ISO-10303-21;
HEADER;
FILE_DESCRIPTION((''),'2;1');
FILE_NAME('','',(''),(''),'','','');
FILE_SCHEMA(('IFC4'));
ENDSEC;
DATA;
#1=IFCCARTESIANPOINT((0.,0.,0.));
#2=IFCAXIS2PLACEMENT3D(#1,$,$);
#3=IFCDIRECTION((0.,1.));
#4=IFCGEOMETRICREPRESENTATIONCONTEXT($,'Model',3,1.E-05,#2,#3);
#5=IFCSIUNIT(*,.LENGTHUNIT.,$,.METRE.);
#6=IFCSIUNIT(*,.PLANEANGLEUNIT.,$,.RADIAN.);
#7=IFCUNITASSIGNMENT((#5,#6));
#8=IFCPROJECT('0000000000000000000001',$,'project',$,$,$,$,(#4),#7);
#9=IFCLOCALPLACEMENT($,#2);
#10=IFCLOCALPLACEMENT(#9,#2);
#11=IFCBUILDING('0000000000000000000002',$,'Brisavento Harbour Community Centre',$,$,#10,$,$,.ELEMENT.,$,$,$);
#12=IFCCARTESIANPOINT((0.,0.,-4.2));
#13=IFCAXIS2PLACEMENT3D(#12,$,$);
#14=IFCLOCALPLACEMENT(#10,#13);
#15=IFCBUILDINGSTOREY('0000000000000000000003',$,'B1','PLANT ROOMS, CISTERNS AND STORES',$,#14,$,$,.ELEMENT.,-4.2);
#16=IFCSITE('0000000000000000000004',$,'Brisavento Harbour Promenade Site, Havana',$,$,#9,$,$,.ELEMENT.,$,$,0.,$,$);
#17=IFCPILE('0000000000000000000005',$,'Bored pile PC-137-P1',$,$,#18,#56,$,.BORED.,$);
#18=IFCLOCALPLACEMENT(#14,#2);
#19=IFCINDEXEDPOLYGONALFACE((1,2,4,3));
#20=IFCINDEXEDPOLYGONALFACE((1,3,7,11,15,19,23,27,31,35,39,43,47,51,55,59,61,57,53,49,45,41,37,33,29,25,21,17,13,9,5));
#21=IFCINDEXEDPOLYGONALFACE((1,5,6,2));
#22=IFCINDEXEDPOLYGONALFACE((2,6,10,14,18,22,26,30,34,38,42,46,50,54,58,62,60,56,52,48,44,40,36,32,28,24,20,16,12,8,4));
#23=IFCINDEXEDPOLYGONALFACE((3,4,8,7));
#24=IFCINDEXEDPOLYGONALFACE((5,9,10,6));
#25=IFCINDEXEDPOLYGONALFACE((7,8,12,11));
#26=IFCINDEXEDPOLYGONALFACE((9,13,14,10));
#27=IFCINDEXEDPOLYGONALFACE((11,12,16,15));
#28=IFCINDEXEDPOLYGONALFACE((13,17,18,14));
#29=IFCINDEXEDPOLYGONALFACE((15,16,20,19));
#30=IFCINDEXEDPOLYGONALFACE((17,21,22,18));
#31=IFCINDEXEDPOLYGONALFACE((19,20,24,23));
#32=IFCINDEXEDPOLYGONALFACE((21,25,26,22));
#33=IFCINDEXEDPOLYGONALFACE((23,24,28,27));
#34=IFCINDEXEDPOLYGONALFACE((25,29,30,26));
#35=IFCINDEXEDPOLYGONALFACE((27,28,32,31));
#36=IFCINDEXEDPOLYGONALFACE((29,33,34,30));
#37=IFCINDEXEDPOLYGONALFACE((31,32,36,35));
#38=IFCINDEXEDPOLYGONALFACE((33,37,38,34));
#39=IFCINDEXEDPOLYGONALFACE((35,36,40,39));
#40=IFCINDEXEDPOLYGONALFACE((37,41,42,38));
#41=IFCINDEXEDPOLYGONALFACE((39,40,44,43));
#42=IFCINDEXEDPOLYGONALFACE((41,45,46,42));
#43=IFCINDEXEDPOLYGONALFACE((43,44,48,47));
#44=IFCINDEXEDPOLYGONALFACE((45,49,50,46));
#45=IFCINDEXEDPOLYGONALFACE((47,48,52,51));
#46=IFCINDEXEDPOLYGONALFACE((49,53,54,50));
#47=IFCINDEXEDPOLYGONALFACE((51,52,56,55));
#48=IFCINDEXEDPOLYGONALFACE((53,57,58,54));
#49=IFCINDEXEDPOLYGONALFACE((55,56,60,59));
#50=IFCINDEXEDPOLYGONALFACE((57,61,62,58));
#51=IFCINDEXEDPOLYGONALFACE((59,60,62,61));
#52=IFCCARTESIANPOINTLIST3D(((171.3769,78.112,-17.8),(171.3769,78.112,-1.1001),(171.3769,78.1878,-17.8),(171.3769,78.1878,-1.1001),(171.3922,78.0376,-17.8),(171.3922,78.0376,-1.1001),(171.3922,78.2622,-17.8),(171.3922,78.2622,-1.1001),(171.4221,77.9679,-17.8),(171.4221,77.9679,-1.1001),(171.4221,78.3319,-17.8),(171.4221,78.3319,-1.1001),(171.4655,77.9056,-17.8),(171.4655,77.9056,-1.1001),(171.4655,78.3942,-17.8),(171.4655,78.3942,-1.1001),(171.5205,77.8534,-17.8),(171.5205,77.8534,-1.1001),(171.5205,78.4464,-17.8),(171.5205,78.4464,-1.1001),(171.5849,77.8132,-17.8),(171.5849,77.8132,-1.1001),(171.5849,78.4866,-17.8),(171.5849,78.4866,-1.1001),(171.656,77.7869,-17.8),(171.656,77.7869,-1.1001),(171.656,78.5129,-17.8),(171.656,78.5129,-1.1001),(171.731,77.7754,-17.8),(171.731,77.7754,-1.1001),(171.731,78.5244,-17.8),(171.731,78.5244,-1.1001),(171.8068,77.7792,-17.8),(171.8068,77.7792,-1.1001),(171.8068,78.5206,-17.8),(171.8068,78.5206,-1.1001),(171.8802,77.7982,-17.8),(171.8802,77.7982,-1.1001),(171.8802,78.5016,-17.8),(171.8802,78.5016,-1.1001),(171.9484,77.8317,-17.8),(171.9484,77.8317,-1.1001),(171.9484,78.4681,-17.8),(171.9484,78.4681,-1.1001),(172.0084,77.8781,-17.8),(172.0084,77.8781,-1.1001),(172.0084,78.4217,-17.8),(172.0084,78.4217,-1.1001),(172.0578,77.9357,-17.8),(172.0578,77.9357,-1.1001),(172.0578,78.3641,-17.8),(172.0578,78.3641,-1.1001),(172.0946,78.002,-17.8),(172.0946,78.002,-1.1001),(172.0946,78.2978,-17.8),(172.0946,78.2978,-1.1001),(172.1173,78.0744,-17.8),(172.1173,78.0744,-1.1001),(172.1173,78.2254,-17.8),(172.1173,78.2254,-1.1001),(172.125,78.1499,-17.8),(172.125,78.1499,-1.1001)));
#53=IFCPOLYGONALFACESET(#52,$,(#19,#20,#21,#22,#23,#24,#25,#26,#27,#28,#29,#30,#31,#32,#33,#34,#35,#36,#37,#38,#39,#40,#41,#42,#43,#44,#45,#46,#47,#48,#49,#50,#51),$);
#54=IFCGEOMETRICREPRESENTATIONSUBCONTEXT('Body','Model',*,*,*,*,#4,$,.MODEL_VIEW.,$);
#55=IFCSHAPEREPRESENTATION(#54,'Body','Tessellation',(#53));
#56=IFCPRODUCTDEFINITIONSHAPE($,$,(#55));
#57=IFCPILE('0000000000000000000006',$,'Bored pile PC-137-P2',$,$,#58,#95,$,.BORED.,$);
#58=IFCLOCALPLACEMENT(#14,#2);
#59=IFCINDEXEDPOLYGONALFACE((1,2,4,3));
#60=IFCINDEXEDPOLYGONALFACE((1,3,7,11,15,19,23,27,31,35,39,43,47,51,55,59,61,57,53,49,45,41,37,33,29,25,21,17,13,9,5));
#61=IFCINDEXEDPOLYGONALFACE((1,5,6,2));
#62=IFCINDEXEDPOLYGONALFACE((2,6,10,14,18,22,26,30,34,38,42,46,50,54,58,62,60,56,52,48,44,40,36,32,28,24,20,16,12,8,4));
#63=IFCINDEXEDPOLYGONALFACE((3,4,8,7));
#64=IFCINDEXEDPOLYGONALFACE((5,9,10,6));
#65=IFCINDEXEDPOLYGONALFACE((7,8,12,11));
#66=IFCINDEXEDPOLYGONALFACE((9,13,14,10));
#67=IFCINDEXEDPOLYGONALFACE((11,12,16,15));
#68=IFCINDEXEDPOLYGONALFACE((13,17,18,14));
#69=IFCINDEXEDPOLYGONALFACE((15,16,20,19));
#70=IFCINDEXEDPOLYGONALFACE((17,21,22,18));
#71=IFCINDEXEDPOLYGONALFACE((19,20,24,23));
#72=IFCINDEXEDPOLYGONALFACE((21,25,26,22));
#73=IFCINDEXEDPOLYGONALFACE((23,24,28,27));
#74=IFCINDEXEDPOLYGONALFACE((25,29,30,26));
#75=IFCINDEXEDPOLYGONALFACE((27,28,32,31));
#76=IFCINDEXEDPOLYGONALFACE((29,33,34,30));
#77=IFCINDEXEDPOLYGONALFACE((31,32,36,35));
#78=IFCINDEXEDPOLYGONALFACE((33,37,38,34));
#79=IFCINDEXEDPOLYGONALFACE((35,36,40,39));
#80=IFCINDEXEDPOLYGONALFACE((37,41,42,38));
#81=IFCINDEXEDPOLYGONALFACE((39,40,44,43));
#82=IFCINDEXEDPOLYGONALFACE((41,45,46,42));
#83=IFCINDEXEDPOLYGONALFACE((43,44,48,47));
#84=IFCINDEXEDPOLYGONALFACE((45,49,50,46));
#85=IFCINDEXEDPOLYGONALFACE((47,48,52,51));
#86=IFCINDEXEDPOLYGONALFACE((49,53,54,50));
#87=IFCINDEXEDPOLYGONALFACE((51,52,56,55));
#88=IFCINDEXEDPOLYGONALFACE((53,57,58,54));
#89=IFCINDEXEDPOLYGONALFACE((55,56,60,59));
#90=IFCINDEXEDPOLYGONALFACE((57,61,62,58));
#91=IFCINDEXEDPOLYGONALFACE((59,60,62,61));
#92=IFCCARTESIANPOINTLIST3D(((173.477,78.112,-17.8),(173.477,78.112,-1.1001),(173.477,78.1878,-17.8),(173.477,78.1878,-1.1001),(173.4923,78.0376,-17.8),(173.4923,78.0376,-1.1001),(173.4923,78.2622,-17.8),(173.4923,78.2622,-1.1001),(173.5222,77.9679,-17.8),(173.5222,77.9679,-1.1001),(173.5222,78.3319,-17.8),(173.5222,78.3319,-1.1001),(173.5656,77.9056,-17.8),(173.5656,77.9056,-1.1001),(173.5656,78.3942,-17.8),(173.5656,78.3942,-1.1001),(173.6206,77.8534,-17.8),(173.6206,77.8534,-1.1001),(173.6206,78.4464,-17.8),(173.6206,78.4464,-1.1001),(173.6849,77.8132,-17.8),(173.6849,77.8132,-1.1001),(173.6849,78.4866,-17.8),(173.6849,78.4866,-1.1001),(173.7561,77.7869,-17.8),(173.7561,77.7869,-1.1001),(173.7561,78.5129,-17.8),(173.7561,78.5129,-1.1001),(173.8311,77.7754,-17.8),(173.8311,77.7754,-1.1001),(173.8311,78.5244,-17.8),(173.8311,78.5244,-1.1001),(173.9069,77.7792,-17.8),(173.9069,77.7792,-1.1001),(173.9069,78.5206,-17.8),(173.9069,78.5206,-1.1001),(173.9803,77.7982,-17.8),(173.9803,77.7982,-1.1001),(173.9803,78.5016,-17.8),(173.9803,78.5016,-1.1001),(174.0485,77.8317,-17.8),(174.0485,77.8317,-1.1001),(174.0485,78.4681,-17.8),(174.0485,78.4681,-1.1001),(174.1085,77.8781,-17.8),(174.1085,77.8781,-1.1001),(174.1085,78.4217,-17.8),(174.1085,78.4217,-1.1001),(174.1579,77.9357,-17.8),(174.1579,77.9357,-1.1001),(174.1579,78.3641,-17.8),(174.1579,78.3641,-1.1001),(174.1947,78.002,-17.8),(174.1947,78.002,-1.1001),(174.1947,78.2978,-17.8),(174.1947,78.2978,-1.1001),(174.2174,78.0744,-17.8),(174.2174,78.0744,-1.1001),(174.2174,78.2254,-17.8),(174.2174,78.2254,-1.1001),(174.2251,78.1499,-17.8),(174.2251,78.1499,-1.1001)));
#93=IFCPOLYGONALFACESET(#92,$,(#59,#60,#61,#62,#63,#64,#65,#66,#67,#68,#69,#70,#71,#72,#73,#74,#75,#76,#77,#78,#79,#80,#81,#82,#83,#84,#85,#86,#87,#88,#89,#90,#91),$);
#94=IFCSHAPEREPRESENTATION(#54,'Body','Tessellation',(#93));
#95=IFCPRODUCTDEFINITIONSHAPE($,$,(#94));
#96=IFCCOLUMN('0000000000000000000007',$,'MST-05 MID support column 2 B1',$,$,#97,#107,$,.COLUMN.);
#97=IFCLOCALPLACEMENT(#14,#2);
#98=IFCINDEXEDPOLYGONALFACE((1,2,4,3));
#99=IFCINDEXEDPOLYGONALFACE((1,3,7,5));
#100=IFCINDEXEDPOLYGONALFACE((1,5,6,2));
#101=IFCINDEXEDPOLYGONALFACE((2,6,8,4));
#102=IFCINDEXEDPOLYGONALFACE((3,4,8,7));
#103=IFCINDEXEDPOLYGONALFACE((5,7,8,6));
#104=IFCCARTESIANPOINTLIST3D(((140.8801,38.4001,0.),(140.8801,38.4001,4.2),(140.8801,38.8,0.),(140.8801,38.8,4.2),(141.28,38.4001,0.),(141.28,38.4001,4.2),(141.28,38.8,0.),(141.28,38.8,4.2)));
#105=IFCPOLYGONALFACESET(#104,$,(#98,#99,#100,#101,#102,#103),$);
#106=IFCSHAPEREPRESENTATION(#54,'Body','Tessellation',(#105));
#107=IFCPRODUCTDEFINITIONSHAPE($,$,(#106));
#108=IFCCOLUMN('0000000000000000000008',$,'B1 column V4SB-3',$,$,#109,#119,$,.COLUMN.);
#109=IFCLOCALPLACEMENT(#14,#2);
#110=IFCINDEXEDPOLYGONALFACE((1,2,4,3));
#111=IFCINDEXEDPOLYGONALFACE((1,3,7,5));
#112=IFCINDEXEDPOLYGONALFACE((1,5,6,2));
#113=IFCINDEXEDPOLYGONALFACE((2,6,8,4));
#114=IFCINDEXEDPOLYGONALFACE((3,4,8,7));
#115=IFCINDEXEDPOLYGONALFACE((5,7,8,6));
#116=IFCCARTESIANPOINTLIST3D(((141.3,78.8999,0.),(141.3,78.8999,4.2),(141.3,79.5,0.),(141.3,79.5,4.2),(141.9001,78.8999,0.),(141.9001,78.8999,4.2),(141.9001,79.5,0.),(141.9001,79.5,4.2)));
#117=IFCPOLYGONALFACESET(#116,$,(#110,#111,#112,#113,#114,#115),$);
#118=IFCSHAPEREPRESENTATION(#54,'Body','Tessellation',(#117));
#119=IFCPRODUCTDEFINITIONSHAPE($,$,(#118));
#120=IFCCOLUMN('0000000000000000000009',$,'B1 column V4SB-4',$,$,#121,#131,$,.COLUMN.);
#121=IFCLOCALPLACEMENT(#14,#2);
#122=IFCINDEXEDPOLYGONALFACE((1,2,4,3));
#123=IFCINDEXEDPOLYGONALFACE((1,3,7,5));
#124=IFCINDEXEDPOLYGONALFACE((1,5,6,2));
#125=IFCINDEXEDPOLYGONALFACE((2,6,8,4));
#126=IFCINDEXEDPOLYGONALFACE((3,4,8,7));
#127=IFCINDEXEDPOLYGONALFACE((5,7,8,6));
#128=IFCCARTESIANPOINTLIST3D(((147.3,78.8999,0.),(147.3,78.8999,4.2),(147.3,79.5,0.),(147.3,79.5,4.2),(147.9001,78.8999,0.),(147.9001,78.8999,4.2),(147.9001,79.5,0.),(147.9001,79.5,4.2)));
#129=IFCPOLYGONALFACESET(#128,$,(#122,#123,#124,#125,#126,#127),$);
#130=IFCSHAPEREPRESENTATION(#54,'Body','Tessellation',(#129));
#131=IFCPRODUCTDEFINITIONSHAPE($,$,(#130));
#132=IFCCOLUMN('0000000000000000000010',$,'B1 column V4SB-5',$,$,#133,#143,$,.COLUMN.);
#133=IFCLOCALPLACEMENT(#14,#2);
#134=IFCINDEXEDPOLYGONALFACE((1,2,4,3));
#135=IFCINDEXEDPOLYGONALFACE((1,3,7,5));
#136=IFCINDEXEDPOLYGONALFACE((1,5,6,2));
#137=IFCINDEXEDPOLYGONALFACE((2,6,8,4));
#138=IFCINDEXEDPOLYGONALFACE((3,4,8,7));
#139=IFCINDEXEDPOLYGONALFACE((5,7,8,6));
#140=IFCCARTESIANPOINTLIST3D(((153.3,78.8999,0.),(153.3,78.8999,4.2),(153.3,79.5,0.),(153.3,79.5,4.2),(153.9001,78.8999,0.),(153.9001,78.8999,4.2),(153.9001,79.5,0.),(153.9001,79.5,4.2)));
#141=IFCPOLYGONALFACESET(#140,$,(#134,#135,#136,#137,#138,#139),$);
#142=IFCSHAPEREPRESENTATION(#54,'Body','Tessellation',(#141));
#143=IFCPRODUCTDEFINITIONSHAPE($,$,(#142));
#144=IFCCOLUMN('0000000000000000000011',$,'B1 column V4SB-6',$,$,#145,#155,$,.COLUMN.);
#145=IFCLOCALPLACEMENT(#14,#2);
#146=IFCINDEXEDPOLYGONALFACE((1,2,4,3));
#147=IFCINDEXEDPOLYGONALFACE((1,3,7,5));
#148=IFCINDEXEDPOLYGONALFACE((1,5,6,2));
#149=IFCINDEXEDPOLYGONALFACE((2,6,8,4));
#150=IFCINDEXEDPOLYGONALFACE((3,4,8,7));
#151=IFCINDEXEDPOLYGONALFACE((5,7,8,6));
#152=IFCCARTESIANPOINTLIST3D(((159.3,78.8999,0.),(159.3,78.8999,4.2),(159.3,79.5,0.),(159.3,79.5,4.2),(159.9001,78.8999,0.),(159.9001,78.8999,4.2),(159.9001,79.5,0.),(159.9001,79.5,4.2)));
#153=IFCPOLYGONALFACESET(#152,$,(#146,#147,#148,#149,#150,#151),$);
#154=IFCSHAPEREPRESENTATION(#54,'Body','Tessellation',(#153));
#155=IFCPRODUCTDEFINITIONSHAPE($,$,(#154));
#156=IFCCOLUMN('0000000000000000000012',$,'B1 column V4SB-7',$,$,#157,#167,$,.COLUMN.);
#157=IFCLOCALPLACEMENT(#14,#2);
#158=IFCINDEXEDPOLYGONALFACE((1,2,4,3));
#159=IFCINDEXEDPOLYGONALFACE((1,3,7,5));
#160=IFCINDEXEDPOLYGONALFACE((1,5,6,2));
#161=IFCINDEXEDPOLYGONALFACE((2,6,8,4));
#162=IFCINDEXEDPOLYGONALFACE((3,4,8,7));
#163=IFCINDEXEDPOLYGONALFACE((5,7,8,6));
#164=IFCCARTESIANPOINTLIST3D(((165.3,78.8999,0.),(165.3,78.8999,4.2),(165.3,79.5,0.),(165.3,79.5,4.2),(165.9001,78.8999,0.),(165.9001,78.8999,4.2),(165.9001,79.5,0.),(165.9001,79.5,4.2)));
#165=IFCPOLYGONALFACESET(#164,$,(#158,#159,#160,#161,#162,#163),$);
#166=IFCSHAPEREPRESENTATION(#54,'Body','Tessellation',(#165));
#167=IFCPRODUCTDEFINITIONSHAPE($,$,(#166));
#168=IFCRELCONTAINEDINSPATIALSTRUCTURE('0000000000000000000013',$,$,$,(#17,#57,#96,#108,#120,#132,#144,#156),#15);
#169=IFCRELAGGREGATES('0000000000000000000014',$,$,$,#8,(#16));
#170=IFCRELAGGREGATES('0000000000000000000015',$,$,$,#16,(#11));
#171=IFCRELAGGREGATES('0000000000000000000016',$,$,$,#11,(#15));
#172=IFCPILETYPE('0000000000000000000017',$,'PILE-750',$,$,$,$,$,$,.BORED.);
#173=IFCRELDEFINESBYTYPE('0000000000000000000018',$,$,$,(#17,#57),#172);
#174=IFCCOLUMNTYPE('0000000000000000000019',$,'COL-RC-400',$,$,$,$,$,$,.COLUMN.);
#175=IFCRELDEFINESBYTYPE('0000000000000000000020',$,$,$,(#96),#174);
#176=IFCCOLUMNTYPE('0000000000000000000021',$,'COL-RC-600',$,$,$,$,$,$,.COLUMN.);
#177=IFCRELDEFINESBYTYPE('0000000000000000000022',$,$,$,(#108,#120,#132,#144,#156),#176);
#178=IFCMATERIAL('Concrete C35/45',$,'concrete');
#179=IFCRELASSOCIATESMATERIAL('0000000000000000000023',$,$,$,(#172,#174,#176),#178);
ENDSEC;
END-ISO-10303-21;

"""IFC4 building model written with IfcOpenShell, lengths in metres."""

from ifc_helpers import new_model, si_unit, direction, frame, origin, origin_2d, place, context, subcontext, project, spatial, rectangle, circle, extrude, material, material_profile, profile_set, type_object, element, save


model = new_model("IFC4")

# Units and contexts
model_context = context("Model", 3, precision=1e-05, world=origin(), true_north=direction((0.0, 1.0)))
body_context = subcontext(model_context, "Body", "Model", "MODEL_VIEW")
ifc_project = project(units=[si_unit("LENGTHUNIT", "METRE"), si_unit("PLANEANGLEUNIT", "RADIAN")], contexts=[model_context])

# Site, building, storey
site_placement = place(None, origin())
site = spatial("IfcSite", under=ifc_project, at=site_placement, Name="Brisavento Harbour Promenade Site, Havana", CompositionType="ELEMENT", RefElevation=0.0)
building_placement = place(site_placement, origin())
building = spatial("IfcBuilding", under=site, at=building_placement, Name="Brisavento Harbour Community Centre", CompositionType="ELEMENT")
storey_placement = place(building_placement, frame((0.0, 0.0, -4.2)))
storey = spatial("IfcBuildingStorey", under=building, at=storey_placement, Name="B1", Description="PLANT ROOMS, CISTERNS AND STORES", CompositionType="ELEMENT", Elevation=-4.2)

# Shared definitions
ifc_material_1 = material(Name="Concrete C35/45", Category="concrete")

# Piles
ifc_material_profile_1 = material_profile(ifc_material_1, circle(Radius=0.375, at=origin_2d()), Name="Concrete C35/45")
ifc_profile_set_1 = profile_set([ifc_material_profile_1], Name="Concrete C35/45")
pile_type = type_object("IfcPileType", Name="PILE-750", PredefinedType="BORED", material=ifc_profile_set_1)
for number, where, z_axis, x_axis, name in (
    (1, (171.75, 78.1499, -1.1001), (0.0, 0.0, -1.0), (1.0, 0.0, 0.0), "Bored pile PC-137-P1"),
    (2, (173.8501, 78.1499, -1.1001), (0.0, 0.0, -1.0), (1.0, 0.0, 0.0), "Bored pile PC-137-P2"),
):
    element("IfcPile", number, at=place(storey_placement, frame(where, z_axis=z_axis, x_axis=x_axis)), inside=storey, type_object=pile_type, Name=name, PredefinedType="BORED", context=body_context, shape_type="SweptSolid", body=[
        extrude(circle(Radius=0.375, at=origin_2d()), origin(), (0.0, 0.0, 1.0), 16.7),
    ])

# Columns
ifc_material_profile_2 = material_profile(ifc_material_1, rectangle(XDim=0.3999, YDim=0.3999, at=origin_2d()), Name="Concrete C35/45")
ifc_profile_set_2 = profile_set([ifc_material_profile_2], Name="Concrete C35/45")
column_type_1 = type_object("IfcColumnType", Name="COL-RC-400", PredefinedType="COLUMN", material=ifc_profile_set_2)
column_placement = place(storey_placement, frame((141.0801, 38.6001, 0.0), z_axis=(0.0, 0.0, 1.0), x_axis=(1.0, 0.0, 0.0)))
element("IfcColumn", 3, at=column_placement, inside=storey, type_object=column_type_1, Name="MST-05 MID support column 2 B1", PredefinedType="COLUMN", context=body_context, shape_type="SweptSolid", body=[
    extrude(rectangle(XDim=0.3999, YDim=0.3999, at=origin_2d()), origin(), (0.0, 0.0, 1.0), 4.2),
])
ifc_material_profile_3 = material_profile(ifc_material_1, rectangle(XDim=0.6001, YDim=0.6001, at=origin_2d()), Name="Concrete C35/45")
ifc_profile_set_3 = profile_set([ifc_material_profile_3], Name="Concrete C35/45")
column_type_2 = type_object("IfcColumnType", Name="COL-RC-600", PredefinedType="COLUMN", material=ifc_profile_set_3)
for number, where, z_axis, x_axis, name in (
    (4, (141.6001, 79.2, 0.0), (0.0, 0.0, 1.0), (1.0, 0.0, 0.0), "B1 column V4SB-3"),
    (5, (147.6001, 79.2, 0.0), (0.0, 0.0, 1.0), (1.0, 0.0, 0.0), "B1 column V4SB-4"),
    (6, (153.6001, 79.2, 0.0), (0.0, 0.0, 1.0), (1.0, 0.0, 0.0), "B1 column V4SB-5"),
    (7, (159.6001, 79.2, 0.0), (0.0, 0.0, 1.0), (1.0, 0.0, 0.0), "B1 column V4SB-6"),
    (8, (165.6001, 79.2, 0.0), (0.0, 0.0, 1.0), (1.0, 0.0, 0.0), "B1 column V4SB-7"),
):
    element("IfcColumn", number, at=place(storey_placement, frame(where, z_axis=z_axis, x_axis=x_axis)), inside=storey, type_object=column_type_2, Name=name, PredefinedType="COLUMN", context=body_context, shape_type="SweptSolid", body=[
        extrude(rectangle(XDim=0.6001, YDim=0.6001, at=origin_2d()), origin(), (0.0, 0.0, 1.0), 4.2),
    ])

save(model, "model.ifc")
